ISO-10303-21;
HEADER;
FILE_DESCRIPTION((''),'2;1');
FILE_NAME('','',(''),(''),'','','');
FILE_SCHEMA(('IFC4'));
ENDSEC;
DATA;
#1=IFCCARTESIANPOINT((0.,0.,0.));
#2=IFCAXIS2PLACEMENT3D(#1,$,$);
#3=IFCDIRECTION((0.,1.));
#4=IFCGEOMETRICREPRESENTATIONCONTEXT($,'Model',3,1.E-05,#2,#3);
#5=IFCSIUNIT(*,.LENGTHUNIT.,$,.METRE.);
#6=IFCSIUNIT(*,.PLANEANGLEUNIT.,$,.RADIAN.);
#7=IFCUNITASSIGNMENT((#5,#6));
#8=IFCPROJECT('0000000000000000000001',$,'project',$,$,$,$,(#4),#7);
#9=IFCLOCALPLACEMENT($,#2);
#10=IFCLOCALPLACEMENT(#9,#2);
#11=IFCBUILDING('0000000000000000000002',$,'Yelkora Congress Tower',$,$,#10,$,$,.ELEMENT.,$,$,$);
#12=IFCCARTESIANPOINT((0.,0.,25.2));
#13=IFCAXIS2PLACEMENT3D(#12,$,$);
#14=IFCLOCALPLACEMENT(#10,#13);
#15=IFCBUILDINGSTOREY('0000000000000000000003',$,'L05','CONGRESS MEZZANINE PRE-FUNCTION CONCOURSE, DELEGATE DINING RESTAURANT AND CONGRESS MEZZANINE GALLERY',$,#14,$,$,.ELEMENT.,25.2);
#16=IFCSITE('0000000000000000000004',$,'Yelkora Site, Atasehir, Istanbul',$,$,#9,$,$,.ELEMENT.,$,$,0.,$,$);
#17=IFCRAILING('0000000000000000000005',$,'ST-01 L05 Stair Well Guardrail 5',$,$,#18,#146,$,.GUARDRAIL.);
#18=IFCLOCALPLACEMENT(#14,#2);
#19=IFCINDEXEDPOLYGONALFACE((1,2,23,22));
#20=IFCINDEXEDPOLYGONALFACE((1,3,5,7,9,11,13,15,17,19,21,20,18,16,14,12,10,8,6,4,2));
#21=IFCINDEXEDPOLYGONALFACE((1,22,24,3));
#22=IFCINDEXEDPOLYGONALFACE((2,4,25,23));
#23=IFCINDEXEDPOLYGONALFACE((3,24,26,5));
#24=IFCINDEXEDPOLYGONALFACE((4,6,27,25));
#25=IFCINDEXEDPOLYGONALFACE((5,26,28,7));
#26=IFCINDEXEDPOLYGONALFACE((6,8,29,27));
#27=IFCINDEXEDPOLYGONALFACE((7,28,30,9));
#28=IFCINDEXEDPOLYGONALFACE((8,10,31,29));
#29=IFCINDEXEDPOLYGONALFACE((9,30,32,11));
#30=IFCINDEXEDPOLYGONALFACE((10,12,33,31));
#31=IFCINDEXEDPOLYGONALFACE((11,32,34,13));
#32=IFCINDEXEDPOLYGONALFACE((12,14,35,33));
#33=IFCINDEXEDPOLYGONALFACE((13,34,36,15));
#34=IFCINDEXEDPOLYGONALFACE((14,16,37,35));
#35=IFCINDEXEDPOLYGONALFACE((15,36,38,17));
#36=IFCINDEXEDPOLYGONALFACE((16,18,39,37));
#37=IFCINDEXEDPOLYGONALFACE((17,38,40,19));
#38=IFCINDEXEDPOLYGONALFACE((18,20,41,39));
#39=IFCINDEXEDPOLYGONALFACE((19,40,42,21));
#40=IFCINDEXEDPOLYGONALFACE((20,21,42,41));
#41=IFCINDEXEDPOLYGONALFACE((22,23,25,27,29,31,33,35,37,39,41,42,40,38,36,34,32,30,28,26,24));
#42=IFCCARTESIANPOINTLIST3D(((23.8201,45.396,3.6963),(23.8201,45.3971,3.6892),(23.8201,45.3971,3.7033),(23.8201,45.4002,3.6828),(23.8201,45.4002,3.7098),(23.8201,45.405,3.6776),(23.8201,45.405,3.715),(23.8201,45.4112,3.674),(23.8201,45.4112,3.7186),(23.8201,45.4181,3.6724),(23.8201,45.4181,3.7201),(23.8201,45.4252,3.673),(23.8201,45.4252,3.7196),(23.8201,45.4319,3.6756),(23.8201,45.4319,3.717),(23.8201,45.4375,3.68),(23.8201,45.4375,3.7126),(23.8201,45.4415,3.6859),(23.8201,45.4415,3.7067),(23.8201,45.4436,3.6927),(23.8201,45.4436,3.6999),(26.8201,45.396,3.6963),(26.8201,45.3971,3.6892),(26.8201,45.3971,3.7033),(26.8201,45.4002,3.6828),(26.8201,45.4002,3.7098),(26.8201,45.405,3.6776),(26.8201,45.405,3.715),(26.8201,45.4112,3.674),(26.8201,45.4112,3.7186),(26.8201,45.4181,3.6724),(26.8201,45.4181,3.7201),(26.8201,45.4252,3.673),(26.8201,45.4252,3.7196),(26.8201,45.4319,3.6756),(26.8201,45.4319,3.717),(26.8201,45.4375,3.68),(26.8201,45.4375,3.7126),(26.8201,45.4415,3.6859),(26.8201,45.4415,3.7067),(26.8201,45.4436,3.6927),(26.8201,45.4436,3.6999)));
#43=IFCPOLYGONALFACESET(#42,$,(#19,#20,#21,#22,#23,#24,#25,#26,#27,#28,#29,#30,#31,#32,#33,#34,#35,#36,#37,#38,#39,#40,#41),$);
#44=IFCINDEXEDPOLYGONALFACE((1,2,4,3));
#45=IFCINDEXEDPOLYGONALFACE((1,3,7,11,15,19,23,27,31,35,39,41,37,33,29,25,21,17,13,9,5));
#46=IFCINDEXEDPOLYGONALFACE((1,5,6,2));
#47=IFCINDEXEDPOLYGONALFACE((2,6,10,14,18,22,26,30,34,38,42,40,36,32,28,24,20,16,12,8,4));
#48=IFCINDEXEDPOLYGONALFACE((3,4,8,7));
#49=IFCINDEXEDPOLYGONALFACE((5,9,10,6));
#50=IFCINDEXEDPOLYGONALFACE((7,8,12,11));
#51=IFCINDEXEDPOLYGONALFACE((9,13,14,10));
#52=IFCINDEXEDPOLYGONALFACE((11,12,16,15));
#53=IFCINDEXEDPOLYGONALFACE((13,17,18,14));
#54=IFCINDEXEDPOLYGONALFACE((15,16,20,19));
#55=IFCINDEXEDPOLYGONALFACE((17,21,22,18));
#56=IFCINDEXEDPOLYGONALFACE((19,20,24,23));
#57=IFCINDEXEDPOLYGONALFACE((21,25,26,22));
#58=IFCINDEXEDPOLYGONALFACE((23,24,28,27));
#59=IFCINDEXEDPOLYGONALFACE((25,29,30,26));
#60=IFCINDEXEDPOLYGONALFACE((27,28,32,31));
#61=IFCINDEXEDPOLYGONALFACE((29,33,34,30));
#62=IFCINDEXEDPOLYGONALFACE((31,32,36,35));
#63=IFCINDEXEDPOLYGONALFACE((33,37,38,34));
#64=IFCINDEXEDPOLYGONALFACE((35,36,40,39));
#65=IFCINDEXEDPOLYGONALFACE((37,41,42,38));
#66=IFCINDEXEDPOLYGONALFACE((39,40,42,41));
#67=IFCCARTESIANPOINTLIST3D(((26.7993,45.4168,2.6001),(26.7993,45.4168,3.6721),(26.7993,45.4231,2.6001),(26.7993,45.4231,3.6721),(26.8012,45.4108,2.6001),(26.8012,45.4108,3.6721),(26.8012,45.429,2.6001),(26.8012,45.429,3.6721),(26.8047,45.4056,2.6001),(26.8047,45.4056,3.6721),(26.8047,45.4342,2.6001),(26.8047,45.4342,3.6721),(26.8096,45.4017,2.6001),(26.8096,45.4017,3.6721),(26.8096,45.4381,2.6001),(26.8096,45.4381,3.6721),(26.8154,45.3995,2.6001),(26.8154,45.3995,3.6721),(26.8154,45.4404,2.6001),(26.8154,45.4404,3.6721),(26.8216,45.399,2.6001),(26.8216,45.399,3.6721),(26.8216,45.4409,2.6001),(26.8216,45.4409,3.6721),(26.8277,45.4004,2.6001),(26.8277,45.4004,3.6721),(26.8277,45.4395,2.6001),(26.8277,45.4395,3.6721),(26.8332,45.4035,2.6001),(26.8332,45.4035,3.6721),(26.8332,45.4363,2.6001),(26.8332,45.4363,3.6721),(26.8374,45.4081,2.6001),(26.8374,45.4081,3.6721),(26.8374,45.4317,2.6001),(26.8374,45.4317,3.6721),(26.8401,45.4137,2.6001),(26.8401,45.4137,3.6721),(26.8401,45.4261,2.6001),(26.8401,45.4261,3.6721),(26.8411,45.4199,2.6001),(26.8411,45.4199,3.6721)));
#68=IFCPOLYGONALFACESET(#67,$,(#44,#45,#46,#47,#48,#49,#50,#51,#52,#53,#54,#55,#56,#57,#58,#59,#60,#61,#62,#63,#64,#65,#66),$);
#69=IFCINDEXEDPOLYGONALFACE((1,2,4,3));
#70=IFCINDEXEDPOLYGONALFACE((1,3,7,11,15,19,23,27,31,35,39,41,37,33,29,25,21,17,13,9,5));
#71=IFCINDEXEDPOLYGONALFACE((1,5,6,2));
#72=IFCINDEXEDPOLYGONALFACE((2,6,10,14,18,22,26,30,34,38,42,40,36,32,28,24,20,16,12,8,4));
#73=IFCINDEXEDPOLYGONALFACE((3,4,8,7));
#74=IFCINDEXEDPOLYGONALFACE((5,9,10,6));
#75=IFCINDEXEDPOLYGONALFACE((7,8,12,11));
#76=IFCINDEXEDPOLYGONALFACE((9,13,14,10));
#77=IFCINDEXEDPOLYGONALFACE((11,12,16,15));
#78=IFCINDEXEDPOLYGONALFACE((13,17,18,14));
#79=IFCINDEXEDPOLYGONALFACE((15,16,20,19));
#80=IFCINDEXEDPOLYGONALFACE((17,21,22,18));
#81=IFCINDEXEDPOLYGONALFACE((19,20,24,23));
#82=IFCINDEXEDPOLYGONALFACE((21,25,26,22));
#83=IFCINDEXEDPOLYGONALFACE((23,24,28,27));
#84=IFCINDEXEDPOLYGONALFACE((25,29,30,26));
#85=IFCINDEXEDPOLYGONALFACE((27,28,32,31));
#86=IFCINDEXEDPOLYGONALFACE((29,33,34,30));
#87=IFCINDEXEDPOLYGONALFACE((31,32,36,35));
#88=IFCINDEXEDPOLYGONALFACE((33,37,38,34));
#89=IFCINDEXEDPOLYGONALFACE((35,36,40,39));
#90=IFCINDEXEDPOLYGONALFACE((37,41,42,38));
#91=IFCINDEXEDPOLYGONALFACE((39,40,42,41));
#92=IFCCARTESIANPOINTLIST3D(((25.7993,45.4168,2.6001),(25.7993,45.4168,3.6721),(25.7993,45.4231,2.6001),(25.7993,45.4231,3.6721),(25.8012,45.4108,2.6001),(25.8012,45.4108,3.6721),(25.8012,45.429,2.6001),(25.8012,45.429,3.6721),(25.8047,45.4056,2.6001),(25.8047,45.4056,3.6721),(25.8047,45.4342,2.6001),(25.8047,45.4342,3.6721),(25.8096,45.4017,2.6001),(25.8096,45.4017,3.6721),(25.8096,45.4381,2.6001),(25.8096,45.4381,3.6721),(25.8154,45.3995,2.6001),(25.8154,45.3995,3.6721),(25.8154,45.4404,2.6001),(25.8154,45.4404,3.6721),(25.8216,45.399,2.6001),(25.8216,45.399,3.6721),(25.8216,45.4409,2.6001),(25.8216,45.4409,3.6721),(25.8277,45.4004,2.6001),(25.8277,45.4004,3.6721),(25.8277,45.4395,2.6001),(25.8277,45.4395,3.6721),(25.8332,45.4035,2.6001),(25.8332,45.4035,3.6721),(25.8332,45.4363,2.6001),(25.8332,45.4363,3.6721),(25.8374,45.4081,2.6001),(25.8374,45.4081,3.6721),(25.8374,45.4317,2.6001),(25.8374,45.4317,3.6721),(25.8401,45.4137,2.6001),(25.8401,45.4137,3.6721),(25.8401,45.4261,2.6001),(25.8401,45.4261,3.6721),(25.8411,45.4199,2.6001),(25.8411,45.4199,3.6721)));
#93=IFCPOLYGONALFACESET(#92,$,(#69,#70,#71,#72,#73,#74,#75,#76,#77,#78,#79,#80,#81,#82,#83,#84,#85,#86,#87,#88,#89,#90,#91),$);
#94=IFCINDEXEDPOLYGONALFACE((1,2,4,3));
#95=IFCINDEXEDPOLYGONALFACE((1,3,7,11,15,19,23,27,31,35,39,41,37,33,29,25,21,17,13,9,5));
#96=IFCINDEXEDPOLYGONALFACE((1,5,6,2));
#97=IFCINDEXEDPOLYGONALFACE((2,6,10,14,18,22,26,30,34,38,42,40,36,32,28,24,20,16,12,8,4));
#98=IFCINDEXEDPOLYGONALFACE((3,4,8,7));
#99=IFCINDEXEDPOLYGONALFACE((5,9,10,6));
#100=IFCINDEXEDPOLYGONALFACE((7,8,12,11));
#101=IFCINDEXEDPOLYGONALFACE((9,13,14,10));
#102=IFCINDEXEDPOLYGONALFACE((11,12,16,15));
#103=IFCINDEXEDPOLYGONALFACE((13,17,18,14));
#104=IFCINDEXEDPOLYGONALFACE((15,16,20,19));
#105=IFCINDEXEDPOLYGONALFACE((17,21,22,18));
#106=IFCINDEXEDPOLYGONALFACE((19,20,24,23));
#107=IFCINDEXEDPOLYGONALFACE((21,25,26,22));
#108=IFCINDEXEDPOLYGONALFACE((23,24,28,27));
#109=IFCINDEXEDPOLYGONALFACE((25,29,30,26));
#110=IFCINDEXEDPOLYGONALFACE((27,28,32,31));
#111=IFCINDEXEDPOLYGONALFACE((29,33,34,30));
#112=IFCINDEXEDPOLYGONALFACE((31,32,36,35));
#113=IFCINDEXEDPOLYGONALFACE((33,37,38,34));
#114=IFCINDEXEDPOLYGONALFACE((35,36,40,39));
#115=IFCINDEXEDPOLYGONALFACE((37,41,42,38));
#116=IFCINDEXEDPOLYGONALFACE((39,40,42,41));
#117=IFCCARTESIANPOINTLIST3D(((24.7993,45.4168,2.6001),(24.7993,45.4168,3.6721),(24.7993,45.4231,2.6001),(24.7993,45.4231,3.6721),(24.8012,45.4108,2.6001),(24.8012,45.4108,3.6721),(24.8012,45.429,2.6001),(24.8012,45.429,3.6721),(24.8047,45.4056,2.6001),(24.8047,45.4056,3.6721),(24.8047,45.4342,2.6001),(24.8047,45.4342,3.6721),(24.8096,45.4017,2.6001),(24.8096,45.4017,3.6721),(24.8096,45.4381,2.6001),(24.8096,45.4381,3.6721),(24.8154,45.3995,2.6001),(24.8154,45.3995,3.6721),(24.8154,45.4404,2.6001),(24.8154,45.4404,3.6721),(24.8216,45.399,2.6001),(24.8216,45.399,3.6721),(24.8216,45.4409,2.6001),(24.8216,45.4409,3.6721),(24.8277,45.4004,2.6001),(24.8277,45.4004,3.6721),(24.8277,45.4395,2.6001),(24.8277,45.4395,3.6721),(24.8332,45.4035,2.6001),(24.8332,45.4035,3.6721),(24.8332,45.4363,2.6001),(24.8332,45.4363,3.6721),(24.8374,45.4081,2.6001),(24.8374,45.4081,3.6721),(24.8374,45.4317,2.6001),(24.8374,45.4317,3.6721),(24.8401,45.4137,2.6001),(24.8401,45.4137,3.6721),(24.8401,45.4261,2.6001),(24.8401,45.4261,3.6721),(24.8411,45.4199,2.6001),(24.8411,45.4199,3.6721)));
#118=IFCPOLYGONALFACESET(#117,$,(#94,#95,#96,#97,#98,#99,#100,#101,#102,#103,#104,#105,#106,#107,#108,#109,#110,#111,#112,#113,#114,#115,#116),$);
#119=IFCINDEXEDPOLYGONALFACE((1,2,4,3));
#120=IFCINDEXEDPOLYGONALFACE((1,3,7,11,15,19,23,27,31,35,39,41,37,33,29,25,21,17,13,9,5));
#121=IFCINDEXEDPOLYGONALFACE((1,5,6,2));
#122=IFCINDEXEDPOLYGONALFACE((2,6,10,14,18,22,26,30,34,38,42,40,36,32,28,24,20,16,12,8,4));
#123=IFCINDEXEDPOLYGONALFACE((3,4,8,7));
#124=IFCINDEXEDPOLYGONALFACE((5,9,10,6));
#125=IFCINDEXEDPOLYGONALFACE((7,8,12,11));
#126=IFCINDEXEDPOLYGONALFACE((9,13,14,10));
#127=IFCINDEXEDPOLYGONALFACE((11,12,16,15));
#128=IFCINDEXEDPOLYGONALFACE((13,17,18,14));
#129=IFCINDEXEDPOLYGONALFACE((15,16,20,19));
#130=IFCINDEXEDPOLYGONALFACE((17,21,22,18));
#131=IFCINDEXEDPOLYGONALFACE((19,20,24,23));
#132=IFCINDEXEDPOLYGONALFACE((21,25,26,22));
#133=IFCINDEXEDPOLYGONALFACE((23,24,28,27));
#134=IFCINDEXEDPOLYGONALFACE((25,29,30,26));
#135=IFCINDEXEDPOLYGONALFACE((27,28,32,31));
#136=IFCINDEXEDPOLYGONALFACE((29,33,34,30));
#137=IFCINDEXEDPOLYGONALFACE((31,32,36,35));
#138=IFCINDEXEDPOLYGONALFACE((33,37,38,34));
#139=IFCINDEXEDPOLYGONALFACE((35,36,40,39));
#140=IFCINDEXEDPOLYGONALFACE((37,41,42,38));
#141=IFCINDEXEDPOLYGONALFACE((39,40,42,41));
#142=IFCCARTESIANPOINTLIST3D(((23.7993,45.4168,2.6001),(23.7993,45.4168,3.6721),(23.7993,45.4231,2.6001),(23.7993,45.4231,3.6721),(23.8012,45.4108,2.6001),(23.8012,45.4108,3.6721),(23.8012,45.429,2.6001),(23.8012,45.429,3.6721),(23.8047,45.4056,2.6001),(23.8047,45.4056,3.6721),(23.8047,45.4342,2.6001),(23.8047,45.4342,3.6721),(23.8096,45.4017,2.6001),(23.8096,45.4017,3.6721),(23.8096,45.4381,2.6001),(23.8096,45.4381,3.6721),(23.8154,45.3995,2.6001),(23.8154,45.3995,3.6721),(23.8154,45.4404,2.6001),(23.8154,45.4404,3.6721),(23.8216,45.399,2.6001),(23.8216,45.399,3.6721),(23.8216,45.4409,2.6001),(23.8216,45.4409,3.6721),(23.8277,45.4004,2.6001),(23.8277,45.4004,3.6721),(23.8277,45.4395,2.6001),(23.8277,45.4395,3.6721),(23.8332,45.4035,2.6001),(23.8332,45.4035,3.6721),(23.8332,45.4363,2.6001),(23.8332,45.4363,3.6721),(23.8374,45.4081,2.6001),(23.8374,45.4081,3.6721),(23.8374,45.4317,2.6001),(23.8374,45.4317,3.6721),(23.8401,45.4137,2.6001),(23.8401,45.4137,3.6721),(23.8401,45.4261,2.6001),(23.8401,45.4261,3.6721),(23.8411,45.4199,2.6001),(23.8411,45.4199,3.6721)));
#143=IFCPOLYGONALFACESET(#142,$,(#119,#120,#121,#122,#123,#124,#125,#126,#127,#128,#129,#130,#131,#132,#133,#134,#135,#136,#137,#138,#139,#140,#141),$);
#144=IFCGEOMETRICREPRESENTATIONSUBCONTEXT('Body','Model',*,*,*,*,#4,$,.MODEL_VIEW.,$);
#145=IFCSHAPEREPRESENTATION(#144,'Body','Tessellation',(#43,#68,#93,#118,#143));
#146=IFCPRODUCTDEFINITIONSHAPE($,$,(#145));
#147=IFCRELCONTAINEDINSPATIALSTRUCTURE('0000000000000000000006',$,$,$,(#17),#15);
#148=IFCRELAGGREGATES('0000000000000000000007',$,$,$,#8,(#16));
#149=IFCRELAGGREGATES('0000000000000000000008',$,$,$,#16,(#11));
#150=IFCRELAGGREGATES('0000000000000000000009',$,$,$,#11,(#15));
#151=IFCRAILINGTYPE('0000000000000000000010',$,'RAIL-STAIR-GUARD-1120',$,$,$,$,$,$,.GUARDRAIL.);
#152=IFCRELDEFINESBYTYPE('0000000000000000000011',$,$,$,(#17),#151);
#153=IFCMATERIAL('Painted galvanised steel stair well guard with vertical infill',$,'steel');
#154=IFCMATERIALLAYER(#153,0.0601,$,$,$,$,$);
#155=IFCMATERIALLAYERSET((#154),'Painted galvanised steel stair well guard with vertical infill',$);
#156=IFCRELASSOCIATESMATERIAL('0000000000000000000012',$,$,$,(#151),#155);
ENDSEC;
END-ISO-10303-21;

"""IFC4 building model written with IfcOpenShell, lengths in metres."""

from ifc_helpers import new_model, si_unit, direction, frame, origin, origin_2d, place, context, subcontext, project, spatial, circle, extrude, material, layer, layer_set, type_object, element, save


model = new_model("IFC4")

# Units and contexts
model_context = context("Model", 3, precision=1e-05, world=origin(), true_north=direction((0.0, 1.0)))
body_context = subcontext(model_context, "Body", "Model", "MODEL_VIEW")
ifc_project = project(units=[si_unit("LENGTHUNIT", "METRE"), si_unit("PLANEANGLEUNIT", "RADIAN")], contexts=[model_context])

# Site, building, storey
site_placement = place(None, origin())
site = spatial("IfcSite", under=ifc_project, at=site_placement, Name="Yelkora Site, Atasehir, Istanbul", CompositionType="ELEMENT", RefElevation=0.0)
building_placement = place(site_placement, origin())
building = spatial("IfcBuilding", under=site, at=building_placement, Name="Yelkora Congress Tower", CompositionType="ELEMENT")
storey_placement = place(building_placement, frame((0.0, 0.0, 25.2)))
storey = spatial("IfcBuildingStorey", under=building, at=storey_placement, Name="L05", Description="CONGRESS MEZZANINE PRE-FUNCTION CONCOURSE, DELEGATE DINING RESTAURANT AND CONGRESS MEZZANINE GALLERY", CompositionType="ELEMENT", Elevation=25.2)

# Railing
ifc_material_1 = material(Name="Painted galvanised steel stair well guard with vertical infill", Category="steel")
ifc_layer_1 = layer(ifc_material_1, 0.0601)
ifc_layer_set_1 = layer_set([ifc_layer_1], Name="Painted galvanised steel stair well guard with vertical infill")
railing_type_1 = type_object("IfcRailingType", Name="RAIL-STAIR-GUARD-1120", PredefinedType="GUARDRAIL", material=ifc_layer_set_1)
railing_1_placement = place(storey_placement, frame((26.8201, 45.4199, 2.6001)))
element("IfcRailing", 1, at=railing_1_placement, inside=storey, type_object=railing_type_1, Name="ST-01 L05 Stair Well Guardrail 5", PredefinedType="GUARDRAIL", context=body_context, shape_type="SweptSolid", body=[
    extrude(circle(Radius=0.0239, at=origin_2d()), frame((0.0, 0.0, 1.0962), z_axis=(-1.0, 0.0, 0.0), x_axis=(0.0, -1.0, 0.0)), (0.0, 0.0, 1.0), 3.0),
    extrude(circle(Radius=0.021, at=origin_2d()), origin(), (0.0, 0.0, 1.0), 1.072),
    extrude(circle(Radius=0.021, at=origin_2d()), frame((-1.0, 0.0, 0.0)), (0.0, 0.0, 1.0), 1.072),
    extrude(circle(Radius=0.021, at=origin_2d()), frame((-2.0, 0.0, 0.0)), (0.0, 0.0, 1.0), 1.072),
    extrude(circle(Radius=0.021, at=origin_2d()), frame((-3.0, 0.0, 0.0)), (0.0, 0.0, 1.0), 1.072),
])

save(model, "model.ifc")
